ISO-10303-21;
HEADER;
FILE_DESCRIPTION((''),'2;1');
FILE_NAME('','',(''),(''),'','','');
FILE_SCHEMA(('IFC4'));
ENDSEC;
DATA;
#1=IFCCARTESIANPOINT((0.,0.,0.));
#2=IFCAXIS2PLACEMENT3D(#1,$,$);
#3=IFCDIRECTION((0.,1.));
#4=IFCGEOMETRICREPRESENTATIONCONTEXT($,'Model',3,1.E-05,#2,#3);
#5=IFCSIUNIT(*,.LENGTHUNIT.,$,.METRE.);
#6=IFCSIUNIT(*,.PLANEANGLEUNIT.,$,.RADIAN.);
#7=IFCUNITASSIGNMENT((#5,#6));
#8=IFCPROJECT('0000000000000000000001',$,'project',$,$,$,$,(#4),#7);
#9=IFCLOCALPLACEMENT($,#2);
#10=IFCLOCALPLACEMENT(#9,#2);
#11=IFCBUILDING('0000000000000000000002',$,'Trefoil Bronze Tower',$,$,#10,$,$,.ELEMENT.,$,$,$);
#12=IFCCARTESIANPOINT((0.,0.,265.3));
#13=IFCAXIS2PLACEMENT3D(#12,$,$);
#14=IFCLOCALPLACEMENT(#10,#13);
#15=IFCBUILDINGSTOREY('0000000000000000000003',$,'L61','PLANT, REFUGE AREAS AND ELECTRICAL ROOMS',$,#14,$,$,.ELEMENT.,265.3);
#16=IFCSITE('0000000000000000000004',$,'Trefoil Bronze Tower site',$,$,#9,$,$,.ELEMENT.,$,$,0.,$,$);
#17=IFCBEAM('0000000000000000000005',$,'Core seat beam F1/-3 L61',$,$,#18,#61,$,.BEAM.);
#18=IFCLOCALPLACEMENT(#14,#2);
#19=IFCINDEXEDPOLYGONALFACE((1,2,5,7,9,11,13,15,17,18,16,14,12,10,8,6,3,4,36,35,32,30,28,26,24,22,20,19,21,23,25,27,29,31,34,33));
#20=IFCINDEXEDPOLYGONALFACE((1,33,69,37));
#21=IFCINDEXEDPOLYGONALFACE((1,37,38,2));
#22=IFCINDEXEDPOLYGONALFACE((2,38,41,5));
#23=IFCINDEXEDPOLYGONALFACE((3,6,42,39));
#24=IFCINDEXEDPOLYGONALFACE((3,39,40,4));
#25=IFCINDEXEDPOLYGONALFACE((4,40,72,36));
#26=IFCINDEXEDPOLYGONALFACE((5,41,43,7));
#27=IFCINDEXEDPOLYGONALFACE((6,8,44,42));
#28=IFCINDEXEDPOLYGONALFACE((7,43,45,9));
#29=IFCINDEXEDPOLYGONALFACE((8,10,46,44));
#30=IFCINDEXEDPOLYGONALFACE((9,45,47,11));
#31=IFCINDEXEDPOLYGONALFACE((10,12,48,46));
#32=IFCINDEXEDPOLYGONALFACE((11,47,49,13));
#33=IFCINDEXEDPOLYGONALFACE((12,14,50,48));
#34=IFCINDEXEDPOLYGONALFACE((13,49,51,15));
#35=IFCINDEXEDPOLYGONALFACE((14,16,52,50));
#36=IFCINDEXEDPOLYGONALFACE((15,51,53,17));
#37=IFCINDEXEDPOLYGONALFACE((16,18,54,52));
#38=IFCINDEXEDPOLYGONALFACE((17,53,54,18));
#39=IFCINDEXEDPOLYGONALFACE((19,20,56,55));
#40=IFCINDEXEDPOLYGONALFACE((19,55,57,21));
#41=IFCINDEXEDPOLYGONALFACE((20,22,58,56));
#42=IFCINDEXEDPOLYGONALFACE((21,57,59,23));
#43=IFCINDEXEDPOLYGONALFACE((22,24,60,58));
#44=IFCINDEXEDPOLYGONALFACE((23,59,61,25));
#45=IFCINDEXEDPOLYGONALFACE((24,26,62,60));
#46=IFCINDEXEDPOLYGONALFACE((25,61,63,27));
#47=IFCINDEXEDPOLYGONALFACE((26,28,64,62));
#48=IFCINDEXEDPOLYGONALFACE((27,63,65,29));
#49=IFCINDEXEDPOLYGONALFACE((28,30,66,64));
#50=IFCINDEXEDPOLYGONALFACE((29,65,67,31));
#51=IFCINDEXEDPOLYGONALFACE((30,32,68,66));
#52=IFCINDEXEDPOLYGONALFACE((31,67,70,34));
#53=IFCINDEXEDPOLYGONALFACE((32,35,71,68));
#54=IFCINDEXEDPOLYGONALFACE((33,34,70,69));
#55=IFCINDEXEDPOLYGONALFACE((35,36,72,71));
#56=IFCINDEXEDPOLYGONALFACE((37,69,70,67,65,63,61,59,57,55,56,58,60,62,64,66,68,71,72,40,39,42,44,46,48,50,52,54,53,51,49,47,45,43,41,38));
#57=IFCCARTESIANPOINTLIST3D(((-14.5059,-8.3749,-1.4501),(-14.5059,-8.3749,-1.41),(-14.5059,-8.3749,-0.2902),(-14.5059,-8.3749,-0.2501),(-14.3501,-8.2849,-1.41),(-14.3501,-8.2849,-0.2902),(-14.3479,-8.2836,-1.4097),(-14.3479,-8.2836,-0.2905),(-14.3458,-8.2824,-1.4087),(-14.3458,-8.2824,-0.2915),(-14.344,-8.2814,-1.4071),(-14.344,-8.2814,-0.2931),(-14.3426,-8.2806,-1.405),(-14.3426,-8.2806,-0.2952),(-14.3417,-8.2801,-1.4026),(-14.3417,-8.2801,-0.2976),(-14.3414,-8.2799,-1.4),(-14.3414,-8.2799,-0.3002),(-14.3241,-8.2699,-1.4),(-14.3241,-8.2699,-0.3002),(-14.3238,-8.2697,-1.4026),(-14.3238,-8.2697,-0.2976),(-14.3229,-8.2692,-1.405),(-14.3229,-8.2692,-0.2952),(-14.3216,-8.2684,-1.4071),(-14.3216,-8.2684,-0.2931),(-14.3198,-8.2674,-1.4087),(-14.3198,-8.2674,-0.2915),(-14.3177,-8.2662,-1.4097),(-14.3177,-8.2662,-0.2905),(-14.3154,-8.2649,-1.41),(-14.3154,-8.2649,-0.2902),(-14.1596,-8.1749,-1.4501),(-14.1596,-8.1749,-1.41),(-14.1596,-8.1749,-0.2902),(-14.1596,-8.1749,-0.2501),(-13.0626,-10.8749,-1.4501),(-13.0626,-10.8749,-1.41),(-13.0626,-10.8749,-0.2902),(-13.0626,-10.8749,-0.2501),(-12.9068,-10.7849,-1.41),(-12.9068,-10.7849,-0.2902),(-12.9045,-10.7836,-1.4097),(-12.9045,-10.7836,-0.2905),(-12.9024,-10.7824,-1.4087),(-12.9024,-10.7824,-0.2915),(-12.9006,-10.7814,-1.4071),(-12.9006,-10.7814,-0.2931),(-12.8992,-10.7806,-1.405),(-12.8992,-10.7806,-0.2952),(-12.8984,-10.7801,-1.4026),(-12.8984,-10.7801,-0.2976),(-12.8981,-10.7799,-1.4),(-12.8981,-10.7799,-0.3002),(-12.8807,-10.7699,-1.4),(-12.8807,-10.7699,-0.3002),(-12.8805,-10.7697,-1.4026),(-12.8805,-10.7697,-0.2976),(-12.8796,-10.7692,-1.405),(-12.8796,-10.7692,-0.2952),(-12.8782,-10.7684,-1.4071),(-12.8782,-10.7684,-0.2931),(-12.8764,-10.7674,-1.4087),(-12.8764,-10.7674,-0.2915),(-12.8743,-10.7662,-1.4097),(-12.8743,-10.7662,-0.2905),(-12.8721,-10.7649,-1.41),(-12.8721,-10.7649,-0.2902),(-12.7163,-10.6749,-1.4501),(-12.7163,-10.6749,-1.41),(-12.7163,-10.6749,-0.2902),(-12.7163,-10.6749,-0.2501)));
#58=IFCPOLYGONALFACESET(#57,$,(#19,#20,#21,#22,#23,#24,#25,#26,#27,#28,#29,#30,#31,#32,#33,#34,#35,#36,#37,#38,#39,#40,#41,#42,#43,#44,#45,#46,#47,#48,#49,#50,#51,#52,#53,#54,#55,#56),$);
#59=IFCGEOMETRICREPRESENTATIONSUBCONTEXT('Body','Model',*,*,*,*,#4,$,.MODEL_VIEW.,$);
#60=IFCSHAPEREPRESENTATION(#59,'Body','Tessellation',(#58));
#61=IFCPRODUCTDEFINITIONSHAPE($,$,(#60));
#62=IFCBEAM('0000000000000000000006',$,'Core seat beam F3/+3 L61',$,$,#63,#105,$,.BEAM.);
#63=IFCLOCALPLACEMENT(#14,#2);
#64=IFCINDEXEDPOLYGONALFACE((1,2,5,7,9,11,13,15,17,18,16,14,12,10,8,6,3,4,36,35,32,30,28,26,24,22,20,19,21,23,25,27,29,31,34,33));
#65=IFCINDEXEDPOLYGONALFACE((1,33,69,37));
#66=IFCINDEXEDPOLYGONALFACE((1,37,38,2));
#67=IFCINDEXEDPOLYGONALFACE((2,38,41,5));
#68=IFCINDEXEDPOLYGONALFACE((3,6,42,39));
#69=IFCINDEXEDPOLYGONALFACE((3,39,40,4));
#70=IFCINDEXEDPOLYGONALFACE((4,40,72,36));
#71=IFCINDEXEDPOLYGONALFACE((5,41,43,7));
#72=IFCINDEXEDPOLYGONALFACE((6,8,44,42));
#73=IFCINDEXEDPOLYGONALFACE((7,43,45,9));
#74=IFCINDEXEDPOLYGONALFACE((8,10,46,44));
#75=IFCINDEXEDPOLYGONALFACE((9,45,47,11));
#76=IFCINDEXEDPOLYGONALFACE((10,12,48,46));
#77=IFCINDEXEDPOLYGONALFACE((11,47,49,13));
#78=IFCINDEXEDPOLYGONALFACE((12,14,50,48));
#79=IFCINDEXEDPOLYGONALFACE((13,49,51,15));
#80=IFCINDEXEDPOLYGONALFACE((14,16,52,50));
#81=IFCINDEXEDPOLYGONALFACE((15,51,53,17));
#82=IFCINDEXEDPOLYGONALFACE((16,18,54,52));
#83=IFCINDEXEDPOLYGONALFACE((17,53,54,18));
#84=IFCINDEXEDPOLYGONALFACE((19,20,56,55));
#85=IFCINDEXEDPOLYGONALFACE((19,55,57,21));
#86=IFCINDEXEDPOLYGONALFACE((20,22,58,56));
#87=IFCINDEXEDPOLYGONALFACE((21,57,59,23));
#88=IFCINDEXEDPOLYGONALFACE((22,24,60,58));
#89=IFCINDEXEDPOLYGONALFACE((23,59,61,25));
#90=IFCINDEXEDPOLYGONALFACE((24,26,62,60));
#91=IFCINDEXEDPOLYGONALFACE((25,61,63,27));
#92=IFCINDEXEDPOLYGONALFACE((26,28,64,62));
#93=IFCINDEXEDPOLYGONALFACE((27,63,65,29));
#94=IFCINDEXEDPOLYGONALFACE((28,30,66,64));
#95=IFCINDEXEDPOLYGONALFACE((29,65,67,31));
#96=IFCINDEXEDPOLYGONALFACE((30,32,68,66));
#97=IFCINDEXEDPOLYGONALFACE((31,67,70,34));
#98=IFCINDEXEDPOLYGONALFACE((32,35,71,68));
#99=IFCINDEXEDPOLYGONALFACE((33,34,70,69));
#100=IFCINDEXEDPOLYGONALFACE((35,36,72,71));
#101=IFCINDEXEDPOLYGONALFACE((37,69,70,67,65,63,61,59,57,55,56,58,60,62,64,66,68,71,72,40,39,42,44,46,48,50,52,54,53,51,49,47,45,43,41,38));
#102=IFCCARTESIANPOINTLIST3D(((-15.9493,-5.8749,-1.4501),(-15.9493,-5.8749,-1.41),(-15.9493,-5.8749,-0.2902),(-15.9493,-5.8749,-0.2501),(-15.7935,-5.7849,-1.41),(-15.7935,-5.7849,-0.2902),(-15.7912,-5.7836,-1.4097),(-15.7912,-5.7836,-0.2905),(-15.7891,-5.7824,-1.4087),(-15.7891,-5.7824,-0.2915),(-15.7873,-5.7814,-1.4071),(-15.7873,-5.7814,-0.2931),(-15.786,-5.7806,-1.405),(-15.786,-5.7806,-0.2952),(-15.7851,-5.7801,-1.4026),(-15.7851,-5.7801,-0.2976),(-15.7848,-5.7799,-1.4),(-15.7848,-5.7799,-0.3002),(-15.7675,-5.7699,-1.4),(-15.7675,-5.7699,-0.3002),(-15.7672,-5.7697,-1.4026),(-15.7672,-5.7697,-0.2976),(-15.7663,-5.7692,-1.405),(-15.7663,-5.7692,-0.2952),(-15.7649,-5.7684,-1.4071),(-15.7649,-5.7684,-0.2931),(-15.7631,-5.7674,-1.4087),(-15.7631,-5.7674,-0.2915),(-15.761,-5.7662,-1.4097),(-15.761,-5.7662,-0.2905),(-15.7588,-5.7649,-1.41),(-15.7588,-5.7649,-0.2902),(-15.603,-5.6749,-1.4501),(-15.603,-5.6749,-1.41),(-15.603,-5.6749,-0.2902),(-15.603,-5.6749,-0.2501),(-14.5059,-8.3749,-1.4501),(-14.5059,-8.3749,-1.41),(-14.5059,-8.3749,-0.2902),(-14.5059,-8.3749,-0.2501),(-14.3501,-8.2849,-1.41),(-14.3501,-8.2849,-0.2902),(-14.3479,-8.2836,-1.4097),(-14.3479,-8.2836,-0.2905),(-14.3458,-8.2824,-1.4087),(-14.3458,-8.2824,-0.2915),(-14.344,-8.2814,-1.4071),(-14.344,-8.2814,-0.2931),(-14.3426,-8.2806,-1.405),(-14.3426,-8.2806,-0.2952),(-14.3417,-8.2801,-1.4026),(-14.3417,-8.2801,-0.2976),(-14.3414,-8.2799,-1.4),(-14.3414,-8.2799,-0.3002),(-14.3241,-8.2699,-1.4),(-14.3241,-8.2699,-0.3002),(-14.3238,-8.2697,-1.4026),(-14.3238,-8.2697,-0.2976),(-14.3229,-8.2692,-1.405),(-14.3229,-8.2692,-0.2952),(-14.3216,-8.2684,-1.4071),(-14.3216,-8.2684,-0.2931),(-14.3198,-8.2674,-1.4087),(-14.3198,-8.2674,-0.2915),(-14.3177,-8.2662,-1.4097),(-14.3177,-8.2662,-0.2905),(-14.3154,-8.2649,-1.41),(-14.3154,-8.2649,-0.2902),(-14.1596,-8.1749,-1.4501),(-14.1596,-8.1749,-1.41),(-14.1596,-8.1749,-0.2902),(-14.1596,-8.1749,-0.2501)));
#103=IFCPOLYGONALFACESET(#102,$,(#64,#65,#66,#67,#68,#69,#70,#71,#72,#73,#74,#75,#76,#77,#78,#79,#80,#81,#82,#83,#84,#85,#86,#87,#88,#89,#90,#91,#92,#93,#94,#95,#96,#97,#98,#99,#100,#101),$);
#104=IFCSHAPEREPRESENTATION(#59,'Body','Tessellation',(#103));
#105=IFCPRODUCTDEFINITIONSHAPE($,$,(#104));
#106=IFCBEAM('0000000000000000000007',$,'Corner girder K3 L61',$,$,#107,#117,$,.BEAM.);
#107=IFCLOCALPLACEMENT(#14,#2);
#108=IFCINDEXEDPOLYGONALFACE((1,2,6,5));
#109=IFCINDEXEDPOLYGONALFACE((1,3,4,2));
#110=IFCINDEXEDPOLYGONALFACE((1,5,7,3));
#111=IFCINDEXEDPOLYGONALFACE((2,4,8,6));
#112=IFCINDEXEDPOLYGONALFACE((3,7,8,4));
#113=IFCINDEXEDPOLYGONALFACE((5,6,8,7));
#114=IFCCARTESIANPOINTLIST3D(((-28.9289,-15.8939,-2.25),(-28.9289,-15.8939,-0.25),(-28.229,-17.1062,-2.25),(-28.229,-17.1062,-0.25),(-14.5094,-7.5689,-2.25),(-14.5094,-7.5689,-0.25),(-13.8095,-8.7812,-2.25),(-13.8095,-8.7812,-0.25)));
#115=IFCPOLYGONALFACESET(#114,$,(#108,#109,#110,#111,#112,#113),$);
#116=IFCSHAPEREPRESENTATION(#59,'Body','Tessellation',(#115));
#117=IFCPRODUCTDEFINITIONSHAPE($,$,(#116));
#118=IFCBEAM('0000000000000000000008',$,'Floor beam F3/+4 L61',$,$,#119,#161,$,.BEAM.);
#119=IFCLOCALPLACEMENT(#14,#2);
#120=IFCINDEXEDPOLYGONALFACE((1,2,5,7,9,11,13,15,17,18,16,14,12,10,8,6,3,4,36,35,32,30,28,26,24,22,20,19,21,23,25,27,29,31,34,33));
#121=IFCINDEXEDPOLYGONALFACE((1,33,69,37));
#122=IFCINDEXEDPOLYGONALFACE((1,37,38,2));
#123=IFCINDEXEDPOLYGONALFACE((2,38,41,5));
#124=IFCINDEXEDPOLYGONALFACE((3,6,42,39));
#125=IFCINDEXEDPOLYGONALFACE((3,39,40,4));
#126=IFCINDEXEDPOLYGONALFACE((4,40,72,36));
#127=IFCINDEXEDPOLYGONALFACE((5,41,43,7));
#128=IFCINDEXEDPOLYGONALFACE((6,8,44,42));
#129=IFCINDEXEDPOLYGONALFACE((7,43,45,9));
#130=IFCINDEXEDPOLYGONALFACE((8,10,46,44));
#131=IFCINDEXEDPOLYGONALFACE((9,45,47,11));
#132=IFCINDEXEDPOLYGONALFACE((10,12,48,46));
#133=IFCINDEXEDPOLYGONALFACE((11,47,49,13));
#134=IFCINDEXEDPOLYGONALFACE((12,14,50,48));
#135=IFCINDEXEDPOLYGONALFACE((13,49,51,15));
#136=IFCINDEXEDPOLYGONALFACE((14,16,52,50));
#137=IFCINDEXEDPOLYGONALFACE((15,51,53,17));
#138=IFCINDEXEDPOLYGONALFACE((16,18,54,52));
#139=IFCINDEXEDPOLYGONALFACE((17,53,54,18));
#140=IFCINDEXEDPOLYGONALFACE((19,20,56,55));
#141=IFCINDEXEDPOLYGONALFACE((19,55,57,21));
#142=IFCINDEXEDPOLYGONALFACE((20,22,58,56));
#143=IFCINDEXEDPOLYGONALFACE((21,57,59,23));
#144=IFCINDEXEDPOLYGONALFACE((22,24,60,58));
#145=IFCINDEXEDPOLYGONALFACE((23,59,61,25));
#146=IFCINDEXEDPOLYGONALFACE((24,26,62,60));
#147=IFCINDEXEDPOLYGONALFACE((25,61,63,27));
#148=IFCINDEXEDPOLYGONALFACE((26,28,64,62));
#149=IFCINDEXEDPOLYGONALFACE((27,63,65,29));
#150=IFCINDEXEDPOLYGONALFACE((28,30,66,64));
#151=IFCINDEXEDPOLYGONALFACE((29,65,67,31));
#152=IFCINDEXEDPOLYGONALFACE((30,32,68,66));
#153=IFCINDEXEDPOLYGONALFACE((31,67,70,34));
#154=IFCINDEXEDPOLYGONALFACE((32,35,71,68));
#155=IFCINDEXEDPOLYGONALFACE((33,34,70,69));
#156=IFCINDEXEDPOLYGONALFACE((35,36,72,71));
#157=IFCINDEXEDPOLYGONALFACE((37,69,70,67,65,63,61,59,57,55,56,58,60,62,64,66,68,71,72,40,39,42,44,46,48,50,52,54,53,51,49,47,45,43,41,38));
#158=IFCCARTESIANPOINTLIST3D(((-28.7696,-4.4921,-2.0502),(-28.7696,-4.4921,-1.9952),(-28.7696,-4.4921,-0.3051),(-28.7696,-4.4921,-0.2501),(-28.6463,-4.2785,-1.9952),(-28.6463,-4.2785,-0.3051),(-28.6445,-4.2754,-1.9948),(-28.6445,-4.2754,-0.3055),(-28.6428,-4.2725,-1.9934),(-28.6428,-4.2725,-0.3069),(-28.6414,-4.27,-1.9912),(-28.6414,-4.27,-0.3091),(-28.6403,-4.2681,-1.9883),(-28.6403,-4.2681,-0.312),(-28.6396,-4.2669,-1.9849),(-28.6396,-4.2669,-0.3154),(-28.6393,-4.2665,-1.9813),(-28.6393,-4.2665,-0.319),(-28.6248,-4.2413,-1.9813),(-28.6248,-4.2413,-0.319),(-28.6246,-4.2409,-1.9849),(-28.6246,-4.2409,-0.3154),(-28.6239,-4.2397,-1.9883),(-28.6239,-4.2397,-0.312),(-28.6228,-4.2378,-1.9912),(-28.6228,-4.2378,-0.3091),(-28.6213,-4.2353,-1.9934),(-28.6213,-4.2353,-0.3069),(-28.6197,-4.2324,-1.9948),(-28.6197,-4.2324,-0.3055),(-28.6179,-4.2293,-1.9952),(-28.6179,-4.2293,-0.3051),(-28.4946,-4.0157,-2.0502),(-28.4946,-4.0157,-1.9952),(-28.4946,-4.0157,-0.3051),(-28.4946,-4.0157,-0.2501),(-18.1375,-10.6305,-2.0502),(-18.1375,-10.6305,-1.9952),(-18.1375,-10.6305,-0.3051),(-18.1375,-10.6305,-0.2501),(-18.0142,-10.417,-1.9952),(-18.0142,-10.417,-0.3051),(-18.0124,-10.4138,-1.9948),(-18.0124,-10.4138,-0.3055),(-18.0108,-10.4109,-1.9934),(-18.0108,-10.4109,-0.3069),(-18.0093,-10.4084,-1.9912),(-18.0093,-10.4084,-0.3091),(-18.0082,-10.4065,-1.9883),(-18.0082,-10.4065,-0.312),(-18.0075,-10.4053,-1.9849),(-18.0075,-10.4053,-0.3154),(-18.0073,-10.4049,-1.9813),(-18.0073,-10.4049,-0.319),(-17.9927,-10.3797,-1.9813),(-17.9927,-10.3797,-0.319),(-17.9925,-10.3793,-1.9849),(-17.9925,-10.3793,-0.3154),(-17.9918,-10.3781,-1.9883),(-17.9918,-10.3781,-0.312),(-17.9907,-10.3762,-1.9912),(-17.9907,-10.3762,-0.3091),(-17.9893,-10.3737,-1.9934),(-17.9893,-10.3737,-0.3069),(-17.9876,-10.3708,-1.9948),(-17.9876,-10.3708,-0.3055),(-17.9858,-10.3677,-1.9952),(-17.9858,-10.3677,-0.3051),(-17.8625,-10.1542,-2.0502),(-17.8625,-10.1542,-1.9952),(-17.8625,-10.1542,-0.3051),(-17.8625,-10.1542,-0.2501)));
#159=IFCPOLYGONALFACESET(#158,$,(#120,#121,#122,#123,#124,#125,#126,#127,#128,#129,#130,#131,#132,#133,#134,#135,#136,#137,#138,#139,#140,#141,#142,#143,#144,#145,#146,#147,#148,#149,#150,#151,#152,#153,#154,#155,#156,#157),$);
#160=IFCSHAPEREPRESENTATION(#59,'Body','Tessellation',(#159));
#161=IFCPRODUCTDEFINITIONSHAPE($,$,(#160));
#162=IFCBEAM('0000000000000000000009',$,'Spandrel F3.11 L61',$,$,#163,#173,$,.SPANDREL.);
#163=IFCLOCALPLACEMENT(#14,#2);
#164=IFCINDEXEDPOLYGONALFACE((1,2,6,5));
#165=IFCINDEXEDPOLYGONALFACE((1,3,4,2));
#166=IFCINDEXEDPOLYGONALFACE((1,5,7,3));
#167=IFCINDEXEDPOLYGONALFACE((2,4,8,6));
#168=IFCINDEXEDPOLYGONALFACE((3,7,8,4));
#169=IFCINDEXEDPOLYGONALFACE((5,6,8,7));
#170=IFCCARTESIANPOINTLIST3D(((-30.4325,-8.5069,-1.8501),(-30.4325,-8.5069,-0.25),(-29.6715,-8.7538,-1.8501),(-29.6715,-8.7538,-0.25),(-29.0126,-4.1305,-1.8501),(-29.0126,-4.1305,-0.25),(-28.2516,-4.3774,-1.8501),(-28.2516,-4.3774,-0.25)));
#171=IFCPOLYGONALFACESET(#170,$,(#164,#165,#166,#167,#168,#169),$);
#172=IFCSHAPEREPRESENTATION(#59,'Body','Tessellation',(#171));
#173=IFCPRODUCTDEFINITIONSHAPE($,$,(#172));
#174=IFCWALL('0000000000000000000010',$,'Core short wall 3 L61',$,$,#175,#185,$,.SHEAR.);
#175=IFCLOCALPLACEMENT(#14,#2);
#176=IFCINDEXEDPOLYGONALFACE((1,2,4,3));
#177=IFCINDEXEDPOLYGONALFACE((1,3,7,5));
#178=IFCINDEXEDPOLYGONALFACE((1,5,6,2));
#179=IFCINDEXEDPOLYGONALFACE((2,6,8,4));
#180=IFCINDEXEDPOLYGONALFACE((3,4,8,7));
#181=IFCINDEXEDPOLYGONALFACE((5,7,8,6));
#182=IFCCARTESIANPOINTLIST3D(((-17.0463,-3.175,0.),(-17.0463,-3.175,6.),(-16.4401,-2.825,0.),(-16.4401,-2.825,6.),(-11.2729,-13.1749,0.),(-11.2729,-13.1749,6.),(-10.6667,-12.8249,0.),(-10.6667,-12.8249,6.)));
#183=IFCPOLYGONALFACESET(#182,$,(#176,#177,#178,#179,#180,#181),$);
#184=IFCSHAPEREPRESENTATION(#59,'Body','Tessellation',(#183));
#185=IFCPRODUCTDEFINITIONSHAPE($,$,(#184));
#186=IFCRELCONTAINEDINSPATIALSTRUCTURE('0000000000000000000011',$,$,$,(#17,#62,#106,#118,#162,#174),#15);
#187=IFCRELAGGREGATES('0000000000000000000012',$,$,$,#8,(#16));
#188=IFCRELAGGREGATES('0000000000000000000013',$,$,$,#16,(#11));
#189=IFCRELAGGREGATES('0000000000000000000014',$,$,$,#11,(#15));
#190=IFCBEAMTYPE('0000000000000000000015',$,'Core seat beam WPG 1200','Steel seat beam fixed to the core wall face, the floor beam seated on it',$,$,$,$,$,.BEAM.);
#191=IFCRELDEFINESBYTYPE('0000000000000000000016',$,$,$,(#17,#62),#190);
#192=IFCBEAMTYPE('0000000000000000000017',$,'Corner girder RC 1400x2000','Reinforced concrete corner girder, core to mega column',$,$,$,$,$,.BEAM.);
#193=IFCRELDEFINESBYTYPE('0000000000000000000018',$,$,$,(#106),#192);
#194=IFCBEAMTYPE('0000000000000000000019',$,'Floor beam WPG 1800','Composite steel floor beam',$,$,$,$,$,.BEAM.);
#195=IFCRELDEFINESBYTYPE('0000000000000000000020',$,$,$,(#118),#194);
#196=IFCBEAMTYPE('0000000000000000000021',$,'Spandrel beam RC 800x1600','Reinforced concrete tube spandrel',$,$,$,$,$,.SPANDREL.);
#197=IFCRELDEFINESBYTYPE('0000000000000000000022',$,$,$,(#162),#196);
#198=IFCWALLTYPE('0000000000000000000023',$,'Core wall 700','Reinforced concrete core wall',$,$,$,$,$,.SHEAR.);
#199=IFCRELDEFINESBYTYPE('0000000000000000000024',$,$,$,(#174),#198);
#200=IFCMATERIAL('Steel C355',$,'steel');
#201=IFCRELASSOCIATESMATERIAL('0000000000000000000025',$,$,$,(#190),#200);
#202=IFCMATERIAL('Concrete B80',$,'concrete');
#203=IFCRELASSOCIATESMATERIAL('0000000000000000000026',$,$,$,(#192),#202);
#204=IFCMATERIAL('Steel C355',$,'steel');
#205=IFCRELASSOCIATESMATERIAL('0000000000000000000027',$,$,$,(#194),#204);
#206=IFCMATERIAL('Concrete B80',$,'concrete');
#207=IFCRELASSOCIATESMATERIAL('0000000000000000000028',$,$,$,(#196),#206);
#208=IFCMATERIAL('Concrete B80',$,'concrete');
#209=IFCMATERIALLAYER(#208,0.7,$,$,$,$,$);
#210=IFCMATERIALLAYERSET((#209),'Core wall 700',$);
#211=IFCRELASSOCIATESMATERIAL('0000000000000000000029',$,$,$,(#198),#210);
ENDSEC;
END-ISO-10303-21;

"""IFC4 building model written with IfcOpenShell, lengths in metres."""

from ifc_helpers import new_model, si_unit, direction, frame, frame_2d, origin, origin_2d, place, context, subcontext, project, spatial, rectangle, i_section, extrude, material, layer, layer_set, material_profile, profile_set, type_object, element, save


model = new_model("IFC4")

# Units and contexts
model_context = context("Model", 3, precision=1e-05, world=origin(), true_north=direction((0.0, 1.0)))
body_context = subcontext(model_context, "Body", "Model", "MODEL_VIEW")
ifc_project = project(units=[si_unit("LENGTHUNIT", "METRE"), si_unit("PLANEANGLEUNIT", "RADIAN")], contexts=[model_context])

# Site, building, storey
site_placement = place(None, origin())
site = spatial("IfcSite", under=ifc_project, at=site_placement, Name="Trefoil Bronze Tower site", CompositionType="ELEMENT", RefElevation=0.0)
building_placement = place(site_placement, origin())
building = spatial("IfcBuilding", under=site, at=building_placement, Name="Trefoil Bronze Tower", CompositionType="ELEMENT")
storey_placement = place(building_placement, frame((0.0, 0.0, 265.3)))
storey = spatial("IfcBuildingStorey", under=building, at=storey_placement, Name="L61", Description="PLANT, REFUGE AREAS AND ELECTRICAL ROOMS", CompositionType="ELEMENT", Elevation=265.3)

# Beams
ifc_material_1 = material(Name="Steel C355", Category="steel")
ifc_material_profile_1 = material_profile(ifc_material_1, i_section(OverallWidth=0.3999, OverallDepth=1.2, WebThickness=0.02, FlangeThickness=0.04, FilletRadius=0.01, at=origin_2d()), Name="WPG 1200")
ifc_profile_set_1 = profile_set([ifc_material_profile_1], Name="Steel C355")
beam_type_1 = type_object("IfcBeamType", Name="Core seat beam WPG 1200", Description="Steel seat beam fixed to the core wall face, the floor beam seated on it", PredefinedType="BEAM", material=ifc_profile_set_1)
for number, where, z_axis, x_axis, name in (
    (1, (-14.3328, -8.2749, -0.8501), (0.499996, -0.866028, 0.0), (0.866028, 0.499996, 0.0), "Core seat beam F1/-3 L61"),
    (2, (-15.7761, -5.7749, -0.8501), (0.499996, -0.866028, 0.0), (0.866028, 0.499996, 0.0), "Core seat beam F3/+3 L61"),
):
    element("IfcBeam", number, at=place(storey_placement, frame(where, z_axis=z_axis, x_axis=x_axis)), inside=storey, type_object=beam_type_1, Name=name, PredefinedType="BEAM", context=body_context, shape_type="SweptSolid", body=[
        extrude(i_section(OverallWidth=0.3999, OverallDepth=1.2, WebThickness=0.02, FlangeThickness=0.04, FilletRadius=0.01, at=origin_2d()), origin(), (0.0, 0.0, 1.0), 2.8867),
    ])
ifc_material_2 = material(Name="Concrete B80", Category="concrete")
ifc_material_profile_2 = material_profile(ifc_material_2, rectangle(XDim=1.3999, YDim=2.0, at=origin_2d()), Name="RC 1400x2000")
ifc_profile_set_2 = profile_set([ifc_material_profile_2], Name="Concrete B80")
beam_type_2 = type_object("IfcBeamType", Name="Corner girder RC 1400x2000", Description="Reinforced concrete corner girder, core to mega column", PredefinedType="BEAM", material=ifc_profile_set_2)
beam_1_placement = place(storey_placement, frame((-14.1594, -8.175, -1.25), z_axis=(-0.866028, -0.499995, 0.0), x_axis=(0.499995, -0.866028, 0.0)))
element("IfcBeam", 3, at=beam_1_placement, inside=storey, type_object=beam_type_2, Name="Corner girder K3 L61", PredefinedType="BEAM", context=body_context, shape_type="SweptSolid", body=[
    extrude(rectangle(XDim=1.3999, YDim=2.0, at=origin_2d()), origin(), (0.0, 0.0, 1.0), 16.6501),
])
ifc_material_3 = material(Name="Steel C355", Category="steel")
ifc_material_profile_3 = material_profile(ifc_material_3, i_section(OverallWidth=0.55, OverallDepth=1.8, WebThickness=0.0291, FlangeThickness=0.0549, FilletRadius=0.0139, at=origin_2d()), Name="WPG 1800")
ifc_profile_set_3 = profile_set([ifc_material_profile_3], Name="Steel C355")
beam_type_3 = type_object("IfcBeamType", Name="Floor beam WPG 1800", Description="Composite steel floor beam", PredefinedType="BEAM", material=ifc_profile_set_3)
beam_2_placement = place(storey_placement, frame((-28.6321, -4.2539, -1.1501), z_axis=(0.866026, -0.5, 0.0), x_axis=(0.5, 0.866026, 0.0)))
element("IfcBeam", 4, at=beam_2_placement, inside=storey, type_object=beam_type_3, Name="Floor beam F3/+4 L61", PredefinedType="BEAM", context=body_context, shape_type="SweptSolid", body=[
    extrude(i_section(OverallWidth=0.55, OverallDepth=1.8, WebThickness=0.0291, FlangeThickness=0.0549, FilletRadius=0.0139, at=origin_2d()), origin(), (0.0, 0.0, 1.0), 12.2769),
])
ifc_material_4 = material(Name="Concrete B80", Category="concrete")
ifc_material_profile_4 = material_profile(ifc_material_4, rectangle(XDim=0.8, YDim=1.6001, at=origin_2d()), Name="RC 800x1600")
ifc_profile_set_4 = profile_set([ifc_material_profile_4], Name="Concrete B80")
beam_type_4 = type_object("IfcBeamType", Name="Spandrel beam RC 800x1600", Description="Reinforced concrete tube spandrel", PredefinedType="SPANDREL", material=ifc_profile_set_4)
beam_3_placement = place(storey_placement, frame((-28.6321, -4.2539, -1.05), z_axis=(-0.308609, -0.951189, 0.0), x_axis=(0.951189, -0.308609, 0.0)))
element("IfcBeam", 5, at=beam_3_placement, inside=storey, type_object=beam_type_4, Name="Spandrel F3.11 L61", PredefinedType="SPANDREL", context=body_context, shape_type="SweptSolid", body=[
    extrude(rectangle(XDim=0.8, YDim=1.6001, at=origin_2d()), origin(), (0.0, 0.0, 1.0), 4.6011),
])

# Wall
ifc_material_5 = material(Name="Concrete B80", Category="concrete")
ifc_layer_1 = layer(ifc_material_5, 0.7)
ifc_layer_set_1 = layer_set([ifc_layer_1], Name="Core wall 700")
wall_type_1 = type_object("IfcWallType", Name="Core wall 700", Description="Reinforced concrete core wall", PredefinedType="SHEAR", material=ifc_layer_set_1)
wall_1_placement = place(storey_placement, frame((-16.7432, -3.0, 0.0), z_axis=(0.0, 0.0, 1.0), x_axis=(0.499996, -0.866028, 0.0)))
element("IfcWall", 6, at=wall_1_placement, inside=storey, type_object=wall_type_1, Name="Core short wall 3 L61", PredefinedType="SHEAR", context=body_context, shape_type="SweptSolid", body=[
    extrude(rectangle(XDim=11.5469, YDim=0.7, at=frame_2d((5.7734, 0.0))), origin(), (0.0, 0.0, 1.0), 6.0),
])

save(model, "model.ifc")
